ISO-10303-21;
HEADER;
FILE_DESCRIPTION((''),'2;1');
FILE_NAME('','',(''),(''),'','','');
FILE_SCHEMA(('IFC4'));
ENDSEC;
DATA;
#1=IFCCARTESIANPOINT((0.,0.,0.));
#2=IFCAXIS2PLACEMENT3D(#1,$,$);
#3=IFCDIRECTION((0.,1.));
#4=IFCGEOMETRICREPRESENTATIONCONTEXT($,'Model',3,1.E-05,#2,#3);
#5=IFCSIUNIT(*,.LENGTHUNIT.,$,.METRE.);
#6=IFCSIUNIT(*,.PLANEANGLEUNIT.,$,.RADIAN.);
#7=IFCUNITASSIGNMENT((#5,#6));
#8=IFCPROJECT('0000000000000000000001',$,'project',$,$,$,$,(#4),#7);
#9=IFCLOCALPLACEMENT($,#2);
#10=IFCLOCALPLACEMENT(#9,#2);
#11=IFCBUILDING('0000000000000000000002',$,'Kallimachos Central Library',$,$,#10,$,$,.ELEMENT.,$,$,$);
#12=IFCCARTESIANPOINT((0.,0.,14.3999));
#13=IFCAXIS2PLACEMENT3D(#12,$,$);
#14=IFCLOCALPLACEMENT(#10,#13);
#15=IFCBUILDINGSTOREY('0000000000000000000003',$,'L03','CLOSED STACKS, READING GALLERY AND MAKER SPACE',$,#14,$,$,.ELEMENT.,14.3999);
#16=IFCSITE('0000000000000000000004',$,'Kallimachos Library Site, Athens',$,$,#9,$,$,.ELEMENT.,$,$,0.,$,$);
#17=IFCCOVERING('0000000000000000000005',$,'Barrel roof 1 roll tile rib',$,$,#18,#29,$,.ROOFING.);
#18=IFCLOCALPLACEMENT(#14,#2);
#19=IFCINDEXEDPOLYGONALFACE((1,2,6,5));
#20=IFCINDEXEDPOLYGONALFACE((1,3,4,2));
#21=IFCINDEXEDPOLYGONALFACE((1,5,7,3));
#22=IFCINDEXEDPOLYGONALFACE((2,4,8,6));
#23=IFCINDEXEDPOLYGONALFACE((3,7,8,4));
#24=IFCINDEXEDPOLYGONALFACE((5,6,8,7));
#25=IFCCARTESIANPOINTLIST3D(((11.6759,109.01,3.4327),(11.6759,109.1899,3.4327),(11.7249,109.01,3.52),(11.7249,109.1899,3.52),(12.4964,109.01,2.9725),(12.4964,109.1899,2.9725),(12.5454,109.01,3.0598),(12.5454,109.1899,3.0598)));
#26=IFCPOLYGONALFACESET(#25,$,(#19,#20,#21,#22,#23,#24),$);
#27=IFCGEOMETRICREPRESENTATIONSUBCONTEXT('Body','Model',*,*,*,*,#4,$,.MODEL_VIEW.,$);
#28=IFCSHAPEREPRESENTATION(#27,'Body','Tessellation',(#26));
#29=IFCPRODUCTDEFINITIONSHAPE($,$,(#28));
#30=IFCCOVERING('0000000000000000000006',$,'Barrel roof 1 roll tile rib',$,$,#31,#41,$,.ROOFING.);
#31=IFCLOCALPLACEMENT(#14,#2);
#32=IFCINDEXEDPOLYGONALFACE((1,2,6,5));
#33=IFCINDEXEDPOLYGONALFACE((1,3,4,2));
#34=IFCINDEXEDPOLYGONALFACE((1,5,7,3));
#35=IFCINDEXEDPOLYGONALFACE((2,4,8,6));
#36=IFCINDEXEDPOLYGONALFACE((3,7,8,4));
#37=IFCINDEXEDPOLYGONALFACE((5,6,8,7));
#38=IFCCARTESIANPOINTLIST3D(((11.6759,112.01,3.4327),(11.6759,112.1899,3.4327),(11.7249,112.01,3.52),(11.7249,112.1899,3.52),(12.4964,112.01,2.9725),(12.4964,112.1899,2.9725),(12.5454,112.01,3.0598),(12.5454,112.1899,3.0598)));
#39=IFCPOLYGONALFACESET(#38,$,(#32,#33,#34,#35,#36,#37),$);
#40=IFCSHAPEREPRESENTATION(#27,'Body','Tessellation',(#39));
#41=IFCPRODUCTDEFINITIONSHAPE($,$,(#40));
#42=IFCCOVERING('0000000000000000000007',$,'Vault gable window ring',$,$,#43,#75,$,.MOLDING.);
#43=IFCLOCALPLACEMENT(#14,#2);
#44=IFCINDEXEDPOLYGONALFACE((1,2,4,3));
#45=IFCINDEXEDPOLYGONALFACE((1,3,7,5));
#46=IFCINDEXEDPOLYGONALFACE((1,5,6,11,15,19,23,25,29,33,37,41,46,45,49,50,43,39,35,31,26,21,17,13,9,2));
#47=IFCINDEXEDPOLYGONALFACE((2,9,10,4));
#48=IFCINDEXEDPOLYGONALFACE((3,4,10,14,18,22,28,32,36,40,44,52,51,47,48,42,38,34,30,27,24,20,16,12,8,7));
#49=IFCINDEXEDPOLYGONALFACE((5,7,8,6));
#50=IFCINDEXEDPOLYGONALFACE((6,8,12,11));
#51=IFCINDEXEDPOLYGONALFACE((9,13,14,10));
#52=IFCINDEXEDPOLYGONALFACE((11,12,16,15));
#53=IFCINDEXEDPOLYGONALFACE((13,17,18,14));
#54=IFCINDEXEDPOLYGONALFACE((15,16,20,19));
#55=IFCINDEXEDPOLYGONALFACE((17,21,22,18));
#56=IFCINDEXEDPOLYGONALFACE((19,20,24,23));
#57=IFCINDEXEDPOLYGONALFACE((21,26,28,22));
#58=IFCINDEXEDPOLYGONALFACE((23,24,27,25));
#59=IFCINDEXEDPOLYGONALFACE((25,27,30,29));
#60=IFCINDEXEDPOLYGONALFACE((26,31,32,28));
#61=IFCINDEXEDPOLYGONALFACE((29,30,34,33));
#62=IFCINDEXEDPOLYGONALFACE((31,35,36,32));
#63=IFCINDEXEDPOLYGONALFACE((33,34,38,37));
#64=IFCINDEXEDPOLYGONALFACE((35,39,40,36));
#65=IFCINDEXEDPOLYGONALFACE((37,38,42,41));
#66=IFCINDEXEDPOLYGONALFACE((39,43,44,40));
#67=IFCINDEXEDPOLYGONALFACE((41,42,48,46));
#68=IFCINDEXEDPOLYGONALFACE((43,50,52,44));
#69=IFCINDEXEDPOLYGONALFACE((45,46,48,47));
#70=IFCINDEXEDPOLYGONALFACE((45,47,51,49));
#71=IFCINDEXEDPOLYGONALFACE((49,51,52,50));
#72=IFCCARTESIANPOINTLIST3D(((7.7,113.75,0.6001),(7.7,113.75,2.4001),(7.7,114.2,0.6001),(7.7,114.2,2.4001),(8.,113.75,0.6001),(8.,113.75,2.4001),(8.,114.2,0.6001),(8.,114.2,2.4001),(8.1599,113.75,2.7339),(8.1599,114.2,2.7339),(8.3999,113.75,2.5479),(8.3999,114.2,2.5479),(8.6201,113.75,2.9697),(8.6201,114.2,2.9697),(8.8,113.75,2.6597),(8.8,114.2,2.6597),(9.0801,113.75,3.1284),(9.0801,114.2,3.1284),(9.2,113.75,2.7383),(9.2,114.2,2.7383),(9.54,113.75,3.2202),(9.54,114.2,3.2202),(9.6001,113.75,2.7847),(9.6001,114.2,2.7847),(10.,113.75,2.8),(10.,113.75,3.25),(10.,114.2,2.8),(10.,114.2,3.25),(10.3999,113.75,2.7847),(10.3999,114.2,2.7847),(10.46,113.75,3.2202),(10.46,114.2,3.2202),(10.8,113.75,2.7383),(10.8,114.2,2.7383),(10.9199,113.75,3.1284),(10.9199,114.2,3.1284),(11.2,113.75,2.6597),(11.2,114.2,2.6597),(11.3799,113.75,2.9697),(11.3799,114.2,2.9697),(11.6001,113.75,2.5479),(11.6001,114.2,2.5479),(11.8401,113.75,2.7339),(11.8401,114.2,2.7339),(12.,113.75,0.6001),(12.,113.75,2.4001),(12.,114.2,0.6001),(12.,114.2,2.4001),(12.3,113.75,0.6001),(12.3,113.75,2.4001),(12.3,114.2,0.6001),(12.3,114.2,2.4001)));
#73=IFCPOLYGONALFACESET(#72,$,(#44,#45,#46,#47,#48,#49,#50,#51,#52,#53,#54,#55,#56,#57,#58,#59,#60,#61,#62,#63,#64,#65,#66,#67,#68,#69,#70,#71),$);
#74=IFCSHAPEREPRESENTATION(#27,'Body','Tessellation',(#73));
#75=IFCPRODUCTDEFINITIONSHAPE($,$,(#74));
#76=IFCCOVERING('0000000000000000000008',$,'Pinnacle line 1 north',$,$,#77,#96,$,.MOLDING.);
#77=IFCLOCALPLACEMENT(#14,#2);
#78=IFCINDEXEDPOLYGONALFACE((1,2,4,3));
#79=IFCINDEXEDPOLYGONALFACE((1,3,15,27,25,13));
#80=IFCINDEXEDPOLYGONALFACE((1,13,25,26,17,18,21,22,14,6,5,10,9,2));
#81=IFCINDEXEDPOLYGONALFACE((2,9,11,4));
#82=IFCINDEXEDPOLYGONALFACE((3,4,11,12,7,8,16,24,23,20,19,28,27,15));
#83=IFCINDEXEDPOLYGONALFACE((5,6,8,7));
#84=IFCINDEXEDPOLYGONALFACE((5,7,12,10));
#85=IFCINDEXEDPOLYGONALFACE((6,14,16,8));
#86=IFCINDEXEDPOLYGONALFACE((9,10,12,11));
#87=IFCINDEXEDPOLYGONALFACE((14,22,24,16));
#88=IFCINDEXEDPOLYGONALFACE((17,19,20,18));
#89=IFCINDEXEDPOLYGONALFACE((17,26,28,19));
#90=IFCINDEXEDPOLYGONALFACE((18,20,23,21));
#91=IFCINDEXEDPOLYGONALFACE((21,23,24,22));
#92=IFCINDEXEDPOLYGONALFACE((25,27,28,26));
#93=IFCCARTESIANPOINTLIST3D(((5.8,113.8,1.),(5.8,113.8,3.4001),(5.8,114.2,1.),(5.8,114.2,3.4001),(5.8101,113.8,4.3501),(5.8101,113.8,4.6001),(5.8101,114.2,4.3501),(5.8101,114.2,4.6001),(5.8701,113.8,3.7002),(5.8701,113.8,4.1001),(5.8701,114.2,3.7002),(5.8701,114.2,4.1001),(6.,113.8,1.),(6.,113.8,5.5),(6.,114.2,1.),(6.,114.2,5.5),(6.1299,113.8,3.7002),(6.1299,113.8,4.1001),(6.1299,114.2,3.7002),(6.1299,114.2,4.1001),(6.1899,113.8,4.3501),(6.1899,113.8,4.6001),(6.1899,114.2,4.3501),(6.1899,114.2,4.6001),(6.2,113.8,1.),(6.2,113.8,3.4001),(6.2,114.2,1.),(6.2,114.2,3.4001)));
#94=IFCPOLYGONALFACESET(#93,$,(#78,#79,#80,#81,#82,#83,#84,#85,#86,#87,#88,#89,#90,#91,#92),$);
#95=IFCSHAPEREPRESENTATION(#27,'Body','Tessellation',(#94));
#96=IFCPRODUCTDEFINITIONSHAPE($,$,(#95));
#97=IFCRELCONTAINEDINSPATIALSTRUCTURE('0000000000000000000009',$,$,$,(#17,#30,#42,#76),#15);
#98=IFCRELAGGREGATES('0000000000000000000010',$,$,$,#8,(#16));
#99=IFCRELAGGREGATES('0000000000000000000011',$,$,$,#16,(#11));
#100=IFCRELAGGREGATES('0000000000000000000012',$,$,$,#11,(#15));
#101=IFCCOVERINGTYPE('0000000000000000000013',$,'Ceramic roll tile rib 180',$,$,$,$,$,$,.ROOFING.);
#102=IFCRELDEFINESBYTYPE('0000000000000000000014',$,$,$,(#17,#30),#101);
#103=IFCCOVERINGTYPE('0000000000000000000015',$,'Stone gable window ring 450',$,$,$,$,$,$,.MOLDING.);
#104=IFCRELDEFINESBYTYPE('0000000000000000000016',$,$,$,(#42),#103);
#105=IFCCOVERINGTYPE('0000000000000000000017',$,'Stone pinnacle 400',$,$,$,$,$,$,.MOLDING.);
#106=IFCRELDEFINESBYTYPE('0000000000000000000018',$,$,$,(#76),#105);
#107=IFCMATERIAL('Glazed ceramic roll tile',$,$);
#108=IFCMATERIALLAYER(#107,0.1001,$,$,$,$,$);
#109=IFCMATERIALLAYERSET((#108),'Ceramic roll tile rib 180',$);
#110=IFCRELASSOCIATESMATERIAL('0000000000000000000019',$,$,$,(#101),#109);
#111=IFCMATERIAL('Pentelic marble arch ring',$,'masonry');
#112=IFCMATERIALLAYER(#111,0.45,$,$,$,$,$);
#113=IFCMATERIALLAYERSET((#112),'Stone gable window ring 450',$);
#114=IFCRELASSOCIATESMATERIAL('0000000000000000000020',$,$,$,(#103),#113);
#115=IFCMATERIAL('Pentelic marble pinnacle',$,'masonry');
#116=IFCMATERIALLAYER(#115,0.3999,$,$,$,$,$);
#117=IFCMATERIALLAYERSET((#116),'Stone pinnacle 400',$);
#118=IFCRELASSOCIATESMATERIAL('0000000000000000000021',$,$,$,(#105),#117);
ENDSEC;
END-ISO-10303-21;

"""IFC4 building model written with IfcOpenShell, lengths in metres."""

from ifc_helpers import new_model, si_unit, direction, frame, origin, place, context, subcontext, project, spatial, polyline, outline, extrude, material, layer, layer_set, type_object, element, save


model = new_model("IFC4")

# Units and contexts
model_context = context("Model", 3, precision=1e-05, world=origin(), true_north=direction((0.0, 1.0)))
body_context = subcontext(model_context, "Body", "Model", "MODEL_VIEW")
ifc_project = project(units=[si_unit("LENGTHUNIT", "METRE"), si_unit("PLANEANGLEUNIT", "RADIAN")], contexts=[model_context])

# Site, building, storey
site_placement = place(None, origin())
site = spatial("IfcSite", under=ifc_project, at=site_placement, Name="Kallimachos Library Site, Athens", CompositionType="ELEMENT", RefElevation=0.0)
building_placement = place(site_placement, origin())
building = spatial("IfcBuilding", under=site, at=building_placement, Name="Kallimachos Central Library", CompositionType="ELEMENT")
storey_placement = place(building_placement, frame((0.0, 0.0, 14.3999)))
storey = spatial("IfcBuildingStorey", under=building, at=storey_placement, Name="L03", Description="CLOSED STACKS, READING GALLERY AND MAKER SPACE", CompositionType="ELEMENT", Elevation=14.3999)

# Coverings
ifc_material_1 = material(Name="Glazed ceramic roll tile")
ifc_layer_1 = layer(ifc_material_1, 0.1001)
ifc_layer_set_1 = layer_set([ifc_layer_1], Name="Ceramic roll tile rib 180")
covering_type_1 = type_object("IfcCoveringType", Name="Ceramic roll tile rib 180", PredefinedType="ROOFING", material=ifc_layer_set_1)
for number, where, z_axis, x_axis, name in (
    (1, (11.7249, 109.01, 3.52), (0.489164, 0.0, 0.872192), (0.872192, 0.0, -0.489164), "Barrel roof 1 roll tile rib"),
    (2, (11.7249, 112.01, 3.52), (0.489164, 0.0, 0.872192), (0.872192, 0.0, -0.489164), "Barrel roof 1 roll tile rib"),
):
    element("IfcCovering", number, at=place(storey_placement, frame(where, z_axis=z_axis, x_axis=x_axis)), inside=storey, type_object=covering_type_1, Name=name, PredefinedType="ROOFING", context=body_context, shape_type="SweptSolid", body=[
        extrude(outline(polyline([(0.0, 0.0), (0.9408, 0.0), (0.9408, 0.1799), (0.0, 0.1799), (0.0, 0.0)])), origin(), (0.0, 0.0, -1.0), 0.1001),
    ])
ifc_material_2 = material(Name="Pentelic marble arch ring", Category="masonry")
ifc_layer_2 = layer(ifc_material_2, 0.45)
ifc_layer_set_2 = layer_set([ifc_layer_2], Name="Stone gable window ring 450")
covering_type_2 = type_object("IfcCoveringType", Name="Stone gable window ring 450", PredefinedType="MOLDING", material=ifc_layer_set_2)
covering_1_placement = place(storey_placement, frame((7.7, 114.2, 0.6001), z_axis=(0.0, 1.0, 0.0), x_axis=(0.0, 0.0, 1.0)))
element("IfcCovering", 3, at=covering_1_placement, inside=storey, type_object=covering_type_2, Name="Vault gable window ring", PredefinedType="MOLDING", context=body_context, shape_type="SweptSolid", body=[
    extrude(outline(polyline([(0.0, 0.0), (1.8, 0.0), (2.1338, 0.46), (2.3696, 0.9202), (2.5283, 1.3801), (2.6201, 1.8401), (2.6499, 2.3), (2.6201, 2.76), (2.5283, 3.22), (2.3696, 3.6799), (2.1338, 4.1401), (1.8, 4.6001), (0.0, 4.6001), (0.0, 4.3), (1.8, 4.3), (1.9478, 3.9001), (2.0596, 3.5), (2.1382, 3.1001), (2.1846, 2.7), (2.2, 2.3), (2.1846, 1.9001), (2.1382, 1.5), (2.0596, 1.1001), (1.9478, 0.7), (1.8, 0.3), (0.0, 0.3), (0.0, 0.0)])), origin(), (0.0, 0.0, -1.0), 0.45),
])
ifc_material_3 = material(Name="Pentelic marble pinnacle", Category="masonry")
ifc_layer_3 = layer(ifc_material_3, 0.3999)
ifc_layer_set_3 = layer_set([ifc_layer_3], Name="Stone pinnacle 400")
covering_type_3 = type_object("IfcCoveringType", Name="Stone pinnacle 400", PredefinedType="MOLDING", material=ifc_layer_set_3)
covering_2_placement = place(storey_placement, frame((5.8, 114.2, 1.0), z_axis=(0.0, 1.0, 0.0), x_axis=(0.0, 0.0, 1.0)))
element("IfcCovering", 4, at=covering_2_placement, inside=storey, type_object=covering_type_3, Name="Pinnacle line 1 north", PredefinedType="MOLDING", context=body_context, shape_type="SweptSolid", body=[
    extrude(outline(polyline([(0.0, 0.0), (2.4001, 0.0), (2.7002, 0.0701), (3.1001, 0.0701), (3.3501, 0.01), (3.6001, 0.01), (4.5, 0.2), (3.6001, 0.3899), (3.3501, 0.3899), (3.1001, 0.3298), (2.7002, 0.3298), (2.4001, 0.3999), (0.0, 0.3999), (0.0, 0.2), (0.0, 0.0)])), origin(), (0.0, 0.0, -1.0), 0.3999),
])

save(model, "model.ifc")
